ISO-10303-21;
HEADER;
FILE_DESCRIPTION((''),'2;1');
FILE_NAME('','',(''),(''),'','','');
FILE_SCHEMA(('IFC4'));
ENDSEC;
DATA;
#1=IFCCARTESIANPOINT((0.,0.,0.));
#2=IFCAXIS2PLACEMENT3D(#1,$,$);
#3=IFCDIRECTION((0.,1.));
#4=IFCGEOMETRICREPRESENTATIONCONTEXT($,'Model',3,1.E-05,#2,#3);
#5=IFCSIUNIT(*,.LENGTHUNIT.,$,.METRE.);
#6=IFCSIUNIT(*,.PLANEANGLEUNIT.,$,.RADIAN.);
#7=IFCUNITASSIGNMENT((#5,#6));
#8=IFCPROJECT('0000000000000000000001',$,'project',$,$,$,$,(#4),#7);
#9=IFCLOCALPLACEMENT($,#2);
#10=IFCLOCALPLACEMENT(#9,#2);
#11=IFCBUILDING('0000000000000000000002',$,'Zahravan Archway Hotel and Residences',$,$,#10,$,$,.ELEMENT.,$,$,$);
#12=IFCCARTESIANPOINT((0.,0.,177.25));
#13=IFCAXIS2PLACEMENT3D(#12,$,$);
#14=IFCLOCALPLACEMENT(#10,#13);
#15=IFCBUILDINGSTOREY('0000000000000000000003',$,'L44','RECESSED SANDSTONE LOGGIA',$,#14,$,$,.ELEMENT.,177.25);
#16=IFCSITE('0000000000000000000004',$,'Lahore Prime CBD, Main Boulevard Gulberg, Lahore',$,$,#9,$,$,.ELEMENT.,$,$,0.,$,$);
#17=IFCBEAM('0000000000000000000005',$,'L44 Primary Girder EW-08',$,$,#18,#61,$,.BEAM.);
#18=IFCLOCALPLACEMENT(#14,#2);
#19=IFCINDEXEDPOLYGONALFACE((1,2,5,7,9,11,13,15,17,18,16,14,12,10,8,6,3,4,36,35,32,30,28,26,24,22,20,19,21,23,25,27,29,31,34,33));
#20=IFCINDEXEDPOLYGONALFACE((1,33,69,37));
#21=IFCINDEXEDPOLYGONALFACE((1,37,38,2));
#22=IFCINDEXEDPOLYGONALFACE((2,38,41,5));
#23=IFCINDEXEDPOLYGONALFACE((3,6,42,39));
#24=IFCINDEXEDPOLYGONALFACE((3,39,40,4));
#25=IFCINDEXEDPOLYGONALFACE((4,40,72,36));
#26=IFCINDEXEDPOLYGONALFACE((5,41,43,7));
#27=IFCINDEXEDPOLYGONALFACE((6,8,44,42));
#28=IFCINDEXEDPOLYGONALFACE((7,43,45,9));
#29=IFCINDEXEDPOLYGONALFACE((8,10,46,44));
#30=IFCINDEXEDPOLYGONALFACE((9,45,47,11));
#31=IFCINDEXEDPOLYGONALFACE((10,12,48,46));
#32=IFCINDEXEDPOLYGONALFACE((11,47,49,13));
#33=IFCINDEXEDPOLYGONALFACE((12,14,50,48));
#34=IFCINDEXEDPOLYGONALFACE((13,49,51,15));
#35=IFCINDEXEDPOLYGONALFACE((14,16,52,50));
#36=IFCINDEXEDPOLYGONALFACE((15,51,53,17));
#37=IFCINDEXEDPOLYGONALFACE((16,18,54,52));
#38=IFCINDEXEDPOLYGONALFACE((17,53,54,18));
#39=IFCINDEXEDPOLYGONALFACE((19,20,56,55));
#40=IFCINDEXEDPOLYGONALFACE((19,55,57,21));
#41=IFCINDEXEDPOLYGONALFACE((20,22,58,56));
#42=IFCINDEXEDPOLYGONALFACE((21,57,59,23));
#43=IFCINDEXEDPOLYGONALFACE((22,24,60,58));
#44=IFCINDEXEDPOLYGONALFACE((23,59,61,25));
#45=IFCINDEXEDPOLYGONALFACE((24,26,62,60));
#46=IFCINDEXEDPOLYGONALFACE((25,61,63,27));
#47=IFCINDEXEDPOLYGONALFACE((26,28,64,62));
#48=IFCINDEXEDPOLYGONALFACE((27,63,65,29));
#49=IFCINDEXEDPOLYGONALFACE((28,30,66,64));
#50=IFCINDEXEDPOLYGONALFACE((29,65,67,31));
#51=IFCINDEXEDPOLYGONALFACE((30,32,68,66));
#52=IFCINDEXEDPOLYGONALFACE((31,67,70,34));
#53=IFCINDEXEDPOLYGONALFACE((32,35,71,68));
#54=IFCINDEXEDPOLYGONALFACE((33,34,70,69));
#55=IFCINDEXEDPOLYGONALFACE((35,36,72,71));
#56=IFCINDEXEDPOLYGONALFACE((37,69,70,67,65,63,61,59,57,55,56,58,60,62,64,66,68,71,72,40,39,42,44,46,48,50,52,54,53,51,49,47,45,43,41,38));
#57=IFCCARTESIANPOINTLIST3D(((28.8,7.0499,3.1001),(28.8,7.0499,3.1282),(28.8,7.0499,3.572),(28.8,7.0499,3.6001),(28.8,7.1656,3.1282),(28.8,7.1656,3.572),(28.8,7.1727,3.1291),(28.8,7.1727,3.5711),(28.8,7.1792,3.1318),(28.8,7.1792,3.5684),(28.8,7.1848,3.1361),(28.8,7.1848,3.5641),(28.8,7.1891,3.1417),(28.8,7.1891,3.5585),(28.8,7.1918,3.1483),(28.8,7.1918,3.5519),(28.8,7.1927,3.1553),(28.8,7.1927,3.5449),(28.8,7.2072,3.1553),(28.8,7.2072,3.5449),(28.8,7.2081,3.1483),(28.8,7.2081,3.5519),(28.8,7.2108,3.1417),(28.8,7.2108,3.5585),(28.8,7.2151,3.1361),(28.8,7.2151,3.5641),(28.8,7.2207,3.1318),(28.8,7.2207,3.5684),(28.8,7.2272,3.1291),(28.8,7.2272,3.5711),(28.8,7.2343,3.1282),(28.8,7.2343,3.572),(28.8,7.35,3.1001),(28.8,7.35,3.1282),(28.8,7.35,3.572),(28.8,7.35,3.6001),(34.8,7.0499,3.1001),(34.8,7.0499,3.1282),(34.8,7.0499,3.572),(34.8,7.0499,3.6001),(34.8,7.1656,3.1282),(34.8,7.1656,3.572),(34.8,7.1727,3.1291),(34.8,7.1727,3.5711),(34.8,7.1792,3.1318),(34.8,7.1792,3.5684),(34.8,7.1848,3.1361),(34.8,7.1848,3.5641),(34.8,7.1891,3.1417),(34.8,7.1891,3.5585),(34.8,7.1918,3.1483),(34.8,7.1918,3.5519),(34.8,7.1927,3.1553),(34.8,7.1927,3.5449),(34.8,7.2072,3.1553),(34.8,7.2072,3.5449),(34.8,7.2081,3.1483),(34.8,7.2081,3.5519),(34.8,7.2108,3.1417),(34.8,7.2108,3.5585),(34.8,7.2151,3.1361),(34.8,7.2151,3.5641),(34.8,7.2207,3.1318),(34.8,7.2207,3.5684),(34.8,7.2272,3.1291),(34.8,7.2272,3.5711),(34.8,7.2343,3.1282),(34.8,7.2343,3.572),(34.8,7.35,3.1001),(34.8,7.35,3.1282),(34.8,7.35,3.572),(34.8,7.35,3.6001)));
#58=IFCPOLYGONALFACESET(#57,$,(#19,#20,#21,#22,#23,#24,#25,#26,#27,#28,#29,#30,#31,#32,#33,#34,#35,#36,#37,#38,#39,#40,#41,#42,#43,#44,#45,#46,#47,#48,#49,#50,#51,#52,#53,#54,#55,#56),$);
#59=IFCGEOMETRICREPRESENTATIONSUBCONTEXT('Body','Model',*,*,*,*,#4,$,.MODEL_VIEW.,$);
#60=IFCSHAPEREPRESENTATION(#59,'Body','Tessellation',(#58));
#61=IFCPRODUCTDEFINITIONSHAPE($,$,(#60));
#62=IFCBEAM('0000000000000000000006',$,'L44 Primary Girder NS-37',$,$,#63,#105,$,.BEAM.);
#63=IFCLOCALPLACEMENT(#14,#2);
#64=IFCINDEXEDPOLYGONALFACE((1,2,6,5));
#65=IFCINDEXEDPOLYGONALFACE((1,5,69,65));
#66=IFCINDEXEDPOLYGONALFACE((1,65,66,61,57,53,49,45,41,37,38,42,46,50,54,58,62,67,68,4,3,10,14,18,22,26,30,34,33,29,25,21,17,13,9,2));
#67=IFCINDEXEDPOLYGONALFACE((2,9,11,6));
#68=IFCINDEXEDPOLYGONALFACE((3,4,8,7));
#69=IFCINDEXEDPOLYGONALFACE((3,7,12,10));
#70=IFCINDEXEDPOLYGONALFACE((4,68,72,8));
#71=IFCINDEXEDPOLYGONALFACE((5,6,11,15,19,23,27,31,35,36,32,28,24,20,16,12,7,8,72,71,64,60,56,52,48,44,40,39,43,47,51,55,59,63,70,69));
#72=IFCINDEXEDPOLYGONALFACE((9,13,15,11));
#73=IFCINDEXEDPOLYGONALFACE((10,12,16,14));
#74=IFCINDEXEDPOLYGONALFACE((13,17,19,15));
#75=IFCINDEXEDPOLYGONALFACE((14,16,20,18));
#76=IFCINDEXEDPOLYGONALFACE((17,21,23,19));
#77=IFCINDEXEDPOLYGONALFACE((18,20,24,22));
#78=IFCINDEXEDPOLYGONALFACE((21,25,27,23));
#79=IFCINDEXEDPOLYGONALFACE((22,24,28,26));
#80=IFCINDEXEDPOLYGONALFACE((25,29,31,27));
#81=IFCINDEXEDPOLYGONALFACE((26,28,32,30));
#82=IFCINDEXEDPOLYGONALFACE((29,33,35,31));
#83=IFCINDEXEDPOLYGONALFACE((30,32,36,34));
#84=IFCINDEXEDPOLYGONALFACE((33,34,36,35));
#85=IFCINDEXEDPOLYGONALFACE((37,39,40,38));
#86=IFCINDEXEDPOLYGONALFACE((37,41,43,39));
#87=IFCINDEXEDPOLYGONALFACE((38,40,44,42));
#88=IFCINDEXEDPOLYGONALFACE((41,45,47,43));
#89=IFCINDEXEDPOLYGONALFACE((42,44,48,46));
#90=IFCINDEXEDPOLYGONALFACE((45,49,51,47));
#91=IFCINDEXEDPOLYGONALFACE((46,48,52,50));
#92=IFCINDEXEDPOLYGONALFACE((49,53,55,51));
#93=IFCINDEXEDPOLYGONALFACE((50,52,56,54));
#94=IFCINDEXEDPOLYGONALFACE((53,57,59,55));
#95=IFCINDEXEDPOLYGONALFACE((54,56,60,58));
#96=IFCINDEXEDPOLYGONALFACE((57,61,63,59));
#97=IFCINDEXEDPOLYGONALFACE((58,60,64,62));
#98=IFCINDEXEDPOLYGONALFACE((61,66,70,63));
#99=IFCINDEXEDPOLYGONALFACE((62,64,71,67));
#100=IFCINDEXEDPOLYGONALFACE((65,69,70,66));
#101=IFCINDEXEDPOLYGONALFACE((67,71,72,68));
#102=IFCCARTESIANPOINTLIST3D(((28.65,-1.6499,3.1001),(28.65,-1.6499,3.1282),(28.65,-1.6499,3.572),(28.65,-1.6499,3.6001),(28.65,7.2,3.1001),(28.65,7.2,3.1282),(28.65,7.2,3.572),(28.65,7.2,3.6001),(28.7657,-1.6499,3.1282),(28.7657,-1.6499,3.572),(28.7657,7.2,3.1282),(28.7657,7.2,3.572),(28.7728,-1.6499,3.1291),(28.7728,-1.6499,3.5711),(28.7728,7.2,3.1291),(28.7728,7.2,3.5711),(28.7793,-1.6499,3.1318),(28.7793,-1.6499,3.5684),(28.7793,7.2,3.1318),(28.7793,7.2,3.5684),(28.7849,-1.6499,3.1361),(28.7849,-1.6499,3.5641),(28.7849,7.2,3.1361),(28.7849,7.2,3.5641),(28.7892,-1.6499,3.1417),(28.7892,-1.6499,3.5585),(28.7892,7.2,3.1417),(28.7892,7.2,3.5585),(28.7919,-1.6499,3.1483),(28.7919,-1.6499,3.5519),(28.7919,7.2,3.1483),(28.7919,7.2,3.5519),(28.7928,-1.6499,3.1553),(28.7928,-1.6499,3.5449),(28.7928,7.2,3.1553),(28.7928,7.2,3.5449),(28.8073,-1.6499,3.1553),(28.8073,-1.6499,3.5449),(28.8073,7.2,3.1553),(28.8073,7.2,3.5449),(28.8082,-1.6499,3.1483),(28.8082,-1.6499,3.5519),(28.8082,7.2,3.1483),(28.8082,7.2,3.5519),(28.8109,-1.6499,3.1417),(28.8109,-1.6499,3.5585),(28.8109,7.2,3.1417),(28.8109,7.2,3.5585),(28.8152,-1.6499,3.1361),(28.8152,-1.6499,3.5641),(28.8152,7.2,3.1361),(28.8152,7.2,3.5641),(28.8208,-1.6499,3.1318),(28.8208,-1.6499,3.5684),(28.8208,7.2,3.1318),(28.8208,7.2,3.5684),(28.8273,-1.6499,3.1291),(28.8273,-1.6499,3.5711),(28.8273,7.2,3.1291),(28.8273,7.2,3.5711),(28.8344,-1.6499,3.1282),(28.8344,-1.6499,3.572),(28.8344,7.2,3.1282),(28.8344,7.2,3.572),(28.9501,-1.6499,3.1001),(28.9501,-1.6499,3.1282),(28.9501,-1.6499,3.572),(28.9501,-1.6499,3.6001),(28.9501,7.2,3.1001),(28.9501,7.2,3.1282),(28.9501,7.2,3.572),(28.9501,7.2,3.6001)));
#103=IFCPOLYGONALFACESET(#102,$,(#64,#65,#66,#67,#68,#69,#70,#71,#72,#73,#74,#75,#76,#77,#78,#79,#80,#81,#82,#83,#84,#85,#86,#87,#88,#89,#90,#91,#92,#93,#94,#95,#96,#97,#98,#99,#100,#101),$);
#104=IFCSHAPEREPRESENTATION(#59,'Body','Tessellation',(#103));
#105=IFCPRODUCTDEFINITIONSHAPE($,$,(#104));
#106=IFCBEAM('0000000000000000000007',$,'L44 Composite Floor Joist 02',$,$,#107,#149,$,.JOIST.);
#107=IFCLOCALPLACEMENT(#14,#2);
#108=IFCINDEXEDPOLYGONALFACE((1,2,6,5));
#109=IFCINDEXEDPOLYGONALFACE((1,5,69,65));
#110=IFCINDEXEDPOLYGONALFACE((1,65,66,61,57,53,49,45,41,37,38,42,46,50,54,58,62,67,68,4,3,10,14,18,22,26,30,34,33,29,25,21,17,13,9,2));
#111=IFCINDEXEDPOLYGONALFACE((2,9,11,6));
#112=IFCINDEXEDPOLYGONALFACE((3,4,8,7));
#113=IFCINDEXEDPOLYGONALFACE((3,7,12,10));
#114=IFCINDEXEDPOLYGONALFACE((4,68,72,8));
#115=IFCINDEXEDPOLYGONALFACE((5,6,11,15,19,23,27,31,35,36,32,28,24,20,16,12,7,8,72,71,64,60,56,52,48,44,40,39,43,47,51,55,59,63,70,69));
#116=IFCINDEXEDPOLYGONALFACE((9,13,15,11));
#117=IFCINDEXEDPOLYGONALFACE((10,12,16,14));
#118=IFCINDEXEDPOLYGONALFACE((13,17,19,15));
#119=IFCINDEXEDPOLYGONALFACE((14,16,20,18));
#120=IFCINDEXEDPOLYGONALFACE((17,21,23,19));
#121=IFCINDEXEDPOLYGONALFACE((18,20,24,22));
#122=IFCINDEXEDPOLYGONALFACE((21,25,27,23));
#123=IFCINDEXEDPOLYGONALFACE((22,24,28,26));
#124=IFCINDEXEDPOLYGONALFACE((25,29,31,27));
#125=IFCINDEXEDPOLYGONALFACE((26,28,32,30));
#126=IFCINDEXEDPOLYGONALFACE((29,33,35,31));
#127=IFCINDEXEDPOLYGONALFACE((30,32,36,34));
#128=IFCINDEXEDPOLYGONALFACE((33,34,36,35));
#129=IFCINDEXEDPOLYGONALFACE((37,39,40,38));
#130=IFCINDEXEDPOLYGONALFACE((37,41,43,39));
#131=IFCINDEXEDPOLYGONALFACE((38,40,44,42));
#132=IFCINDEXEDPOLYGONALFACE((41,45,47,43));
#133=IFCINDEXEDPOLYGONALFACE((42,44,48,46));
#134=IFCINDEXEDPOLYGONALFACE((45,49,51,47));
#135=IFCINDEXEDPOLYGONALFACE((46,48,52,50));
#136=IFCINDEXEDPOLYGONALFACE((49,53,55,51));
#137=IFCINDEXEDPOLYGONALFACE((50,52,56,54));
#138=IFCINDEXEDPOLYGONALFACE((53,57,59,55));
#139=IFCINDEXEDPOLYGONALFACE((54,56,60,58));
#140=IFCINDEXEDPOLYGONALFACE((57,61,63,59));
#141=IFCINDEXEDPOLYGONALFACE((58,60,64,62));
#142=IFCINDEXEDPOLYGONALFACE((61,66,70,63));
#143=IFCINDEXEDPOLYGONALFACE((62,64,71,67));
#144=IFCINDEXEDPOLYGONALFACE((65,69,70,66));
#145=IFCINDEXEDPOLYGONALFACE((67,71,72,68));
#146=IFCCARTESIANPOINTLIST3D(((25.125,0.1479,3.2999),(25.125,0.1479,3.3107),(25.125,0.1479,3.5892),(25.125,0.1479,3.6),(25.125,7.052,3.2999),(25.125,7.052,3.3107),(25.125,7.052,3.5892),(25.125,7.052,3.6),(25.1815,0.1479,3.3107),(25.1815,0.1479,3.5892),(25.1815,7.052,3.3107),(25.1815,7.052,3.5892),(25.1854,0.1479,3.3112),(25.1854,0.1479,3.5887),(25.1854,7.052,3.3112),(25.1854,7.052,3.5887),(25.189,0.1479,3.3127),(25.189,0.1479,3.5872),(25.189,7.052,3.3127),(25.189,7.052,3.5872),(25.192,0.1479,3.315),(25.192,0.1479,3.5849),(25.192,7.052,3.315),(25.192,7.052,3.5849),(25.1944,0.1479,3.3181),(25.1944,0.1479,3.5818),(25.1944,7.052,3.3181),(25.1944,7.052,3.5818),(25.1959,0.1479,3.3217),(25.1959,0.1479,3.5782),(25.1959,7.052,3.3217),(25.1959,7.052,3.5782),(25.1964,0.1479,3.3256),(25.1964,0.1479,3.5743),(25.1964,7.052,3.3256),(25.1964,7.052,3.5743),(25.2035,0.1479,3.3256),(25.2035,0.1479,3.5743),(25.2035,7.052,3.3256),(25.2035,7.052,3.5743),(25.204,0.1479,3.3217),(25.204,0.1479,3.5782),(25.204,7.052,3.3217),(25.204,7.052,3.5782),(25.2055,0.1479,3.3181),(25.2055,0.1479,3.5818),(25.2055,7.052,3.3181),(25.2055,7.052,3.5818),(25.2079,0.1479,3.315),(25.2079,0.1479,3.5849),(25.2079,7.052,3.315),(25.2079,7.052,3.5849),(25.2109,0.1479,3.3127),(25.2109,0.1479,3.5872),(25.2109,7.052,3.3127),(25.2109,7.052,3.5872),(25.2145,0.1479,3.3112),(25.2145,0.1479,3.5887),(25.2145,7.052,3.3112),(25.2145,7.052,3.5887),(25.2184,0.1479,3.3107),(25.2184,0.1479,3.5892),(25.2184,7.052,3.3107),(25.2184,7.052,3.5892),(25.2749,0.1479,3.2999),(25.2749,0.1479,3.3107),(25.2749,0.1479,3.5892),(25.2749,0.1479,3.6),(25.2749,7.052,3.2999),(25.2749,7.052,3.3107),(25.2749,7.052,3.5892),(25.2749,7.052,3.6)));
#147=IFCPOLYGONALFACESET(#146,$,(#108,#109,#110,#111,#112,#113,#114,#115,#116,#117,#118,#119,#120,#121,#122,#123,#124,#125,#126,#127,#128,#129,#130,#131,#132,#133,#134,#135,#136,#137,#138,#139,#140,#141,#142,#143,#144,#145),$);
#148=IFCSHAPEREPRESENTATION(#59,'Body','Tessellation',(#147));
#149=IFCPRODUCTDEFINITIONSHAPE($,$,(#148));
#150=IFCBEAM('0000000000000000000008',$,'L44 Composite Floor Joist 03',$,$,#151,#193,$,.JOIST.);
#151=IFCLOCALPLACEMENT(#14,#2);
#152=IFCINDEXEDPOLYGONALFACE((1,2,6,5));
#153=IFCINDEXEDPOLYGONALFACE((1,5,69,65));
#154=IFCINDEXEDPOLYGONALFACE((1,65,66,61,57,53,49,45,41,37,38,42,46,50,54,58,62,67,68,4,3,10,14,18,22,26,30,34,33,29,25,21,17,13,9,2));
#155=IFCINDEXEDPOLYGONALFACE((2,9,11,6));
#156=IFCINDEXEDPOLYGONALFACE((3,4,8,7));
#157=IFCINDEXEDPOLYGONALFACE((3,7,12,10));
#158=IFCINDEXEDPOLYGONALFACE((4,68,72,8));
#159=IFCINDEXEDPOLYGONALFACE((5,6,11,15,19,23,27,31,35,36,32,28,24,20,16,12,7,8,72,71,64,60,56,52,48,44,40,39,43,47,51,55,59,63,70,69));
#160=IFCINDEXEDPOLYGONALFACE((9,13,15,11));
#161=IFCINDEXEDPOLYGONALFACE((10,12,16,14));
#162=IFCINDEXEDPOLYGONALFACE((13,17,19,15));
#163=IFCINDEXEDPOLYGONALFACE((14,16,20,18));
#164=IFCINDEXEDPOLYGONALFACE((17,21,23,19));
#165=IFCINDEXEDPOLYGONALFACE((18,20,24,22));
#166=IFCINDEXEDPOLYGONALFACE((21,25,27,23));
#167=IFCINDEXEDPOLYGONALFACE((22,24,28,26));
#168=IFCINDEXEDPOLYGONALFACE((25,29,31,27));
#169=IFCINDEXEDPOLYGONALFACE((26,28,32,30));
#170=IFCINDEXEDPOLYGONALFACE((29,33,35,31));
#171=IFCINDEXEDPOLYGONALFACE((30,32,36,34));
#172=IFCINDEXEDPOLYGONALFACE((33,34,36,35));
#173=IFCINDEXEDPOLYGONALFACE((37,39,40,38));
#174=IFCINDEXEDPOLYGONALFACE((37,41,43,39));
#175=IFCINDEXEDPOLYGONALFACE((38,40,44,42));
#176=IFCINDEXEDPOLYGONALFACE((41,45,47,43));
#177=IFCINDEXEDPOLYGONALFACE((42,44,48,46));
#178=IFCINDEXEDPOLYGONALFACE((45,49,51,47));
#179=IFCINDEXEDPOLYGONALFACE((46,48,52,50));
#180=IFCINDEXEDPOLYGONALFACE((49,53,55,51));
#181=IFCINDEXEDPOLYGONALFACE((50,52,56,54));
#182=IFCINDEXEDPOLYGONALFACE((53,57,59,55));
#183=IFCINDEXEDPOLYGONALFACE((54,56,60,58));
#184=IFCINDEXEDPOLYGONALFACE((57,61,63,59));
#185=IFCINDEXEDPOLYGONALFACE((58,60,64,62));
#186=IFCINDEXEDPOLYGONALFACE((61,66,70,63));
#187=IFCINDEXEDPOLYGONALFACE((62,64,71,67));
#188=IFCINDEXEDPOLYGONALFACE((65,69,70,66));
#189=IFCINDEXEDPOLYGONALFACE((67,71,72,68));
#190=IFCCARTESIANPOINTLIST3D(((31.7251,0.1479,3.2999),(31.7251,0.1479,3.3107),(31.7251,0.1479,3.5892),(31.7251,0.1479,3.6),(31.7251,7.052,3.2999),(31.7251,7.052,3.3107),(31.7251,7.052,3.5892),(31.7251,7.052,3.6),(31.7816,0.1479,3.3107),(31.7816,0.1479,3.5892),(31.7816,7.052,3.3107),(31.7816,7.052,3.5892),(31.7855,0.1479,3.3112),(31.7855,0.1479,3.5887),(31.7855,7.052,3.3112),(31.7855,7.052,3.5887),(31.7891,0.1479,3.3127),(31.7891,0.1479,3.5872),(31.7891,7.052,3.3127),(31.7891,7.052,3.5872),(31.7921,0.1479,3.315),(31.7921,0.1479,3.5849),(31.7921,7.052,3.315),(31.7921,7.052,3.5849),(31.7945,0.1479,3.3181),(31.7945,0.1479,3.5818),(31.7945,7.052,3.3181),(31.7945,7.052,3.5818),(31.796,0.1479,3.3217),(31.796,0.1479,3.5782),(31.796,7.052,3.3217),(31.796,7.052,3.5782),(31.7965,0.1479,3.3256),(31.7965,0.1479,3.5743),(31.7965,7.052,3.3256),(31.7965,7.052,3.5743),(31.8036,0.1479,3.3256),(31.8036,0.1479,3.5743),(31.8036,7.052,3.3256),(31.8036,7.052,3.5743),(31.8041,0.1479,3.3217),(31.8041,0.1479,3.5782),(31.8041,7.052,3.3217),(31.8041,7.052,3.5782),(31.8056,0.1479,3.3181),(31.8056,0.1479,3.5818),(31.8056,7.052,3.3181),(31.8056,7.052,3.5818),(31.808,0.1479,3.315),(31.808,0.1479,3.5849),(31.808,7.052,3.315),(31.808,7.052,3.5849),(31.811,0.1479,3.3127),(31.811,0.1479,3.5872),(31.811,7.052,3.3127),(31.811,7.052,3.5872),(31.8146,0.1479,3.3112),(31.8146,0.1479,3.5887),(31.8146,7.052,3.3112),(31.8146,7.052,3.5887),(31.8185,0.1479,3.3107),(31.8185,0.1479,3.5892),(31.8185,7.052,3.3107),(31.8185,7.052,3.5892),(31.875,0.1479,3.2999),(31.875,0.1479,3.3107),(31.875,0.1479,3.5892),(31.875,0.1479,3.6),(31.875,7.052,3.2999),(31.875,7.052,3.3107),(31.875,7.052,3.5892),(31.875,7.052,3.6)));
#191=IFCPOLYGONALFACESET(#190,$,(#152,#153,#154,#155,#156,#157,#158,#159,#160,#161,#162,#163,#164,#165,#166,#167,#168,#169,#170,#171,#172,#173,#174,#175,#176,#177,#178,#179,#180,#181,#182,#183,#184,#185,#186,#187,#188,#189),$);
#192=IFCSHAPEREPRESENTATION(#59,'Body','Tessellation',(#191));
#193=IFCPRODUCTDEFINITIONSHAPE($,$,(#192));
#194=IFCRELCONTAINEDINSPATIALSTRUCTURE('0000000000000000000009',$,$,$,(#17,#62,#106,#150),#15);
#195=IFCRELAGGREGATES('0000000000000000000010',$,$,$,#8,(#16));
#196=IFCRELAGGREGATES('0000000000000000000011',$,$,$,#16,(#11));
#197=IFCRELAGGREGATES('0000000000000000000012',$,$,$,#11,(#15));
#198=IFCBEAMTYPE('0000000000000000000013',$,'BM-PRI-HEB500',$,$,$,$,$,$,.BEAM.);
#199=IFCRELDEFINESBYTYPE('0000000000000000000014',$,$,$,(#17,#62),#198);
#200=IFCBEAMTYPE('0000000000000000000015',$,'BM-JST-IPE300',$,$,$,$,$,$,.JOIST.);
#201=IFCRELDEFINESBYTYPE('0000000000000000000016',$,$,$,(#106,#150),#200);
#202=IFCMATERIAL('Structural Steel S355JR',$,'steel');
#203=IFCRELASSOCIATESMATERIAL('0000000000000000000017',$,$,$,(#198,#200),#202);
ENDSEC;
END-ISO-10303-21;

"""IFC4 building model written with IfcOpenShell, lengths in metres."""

from ifc_helpers import new_model, si_unit, direction, frame, origin, origin_2d, place, context, subcontext, project, spatial, i_section, extrude, source, transform, mapped, material, material_profile, profile_set, type_object, type_shapes, element, save


model = new_model("IFC4")

# Units and contexts
model_context = context("Model", 3, precision=1e-05, world=origin(), true_north=direction((0.0, 1.0)))
body_context = subcontext(model_context, "Body", "Model", "MODEL_VIEW")
ifc_project = project(units=[si_unit("LENGTHUNIT", "METRE"), si_unit("PLANEANGLEUNIT", "RADIAN")], contexts=[model_context])

# Site, building, storey
site_placement = place(None, origin())
site = spatial("IfcSite", under=ifc_project, at=site_placement, Name="Lahore Prime CBD, Main Boulevard Gulberg, Lahore", CompositionType="ELEMENT", RefElevation=0.0)
building_placement = place(site_placement, origin())
building = spatial("IfcBuilding", under=site, at=building_placement, Name="Zahravan Archway Hotel and Residences", CompositionType="ELEMENT")
storey_placement = place(building_placement, frame((0.0, 0.0, 177.25)))
storey = spatial("IfcBuildingStorey", under=building, at=storey_placement, Name="L44", Description="RECESSED SANDSTONE LOGGIA", CompositionType="ELEMENT", Elevation=177.25)

# Beams
ifc_material_1 = material(Name="Structural Steel S355JR", Category="steel")
ifc_material_profile_1 = material_profile(ifc_material_1, i_section(OverallWidth=0.3, OverallDepth=0.5, WebThickness=0.0144, FlangeThickness=0.0281, FilletRadius=0.0271, at=origin_2d()), Name="HEB 500", Category="steel")
ifc_profile_set_1 = profile_set([ifc_material_profile_1], Name="Structural Steel S355JR")
beam_type_1 = type_object("IfcBeamType", Name="BM-PRI-HEB500", PredefinedType="BEAM", material=ifc_profile_set_1)
shared_shape_1 = source(origin(), body_context, "Body", "SweptSolid", [
    extrude(i_section(OverallWidth=0.3, OverallDepth=0.5, WebThickness=0.0144, FlangeThickness=0.0281, FilletRadius=0.0271, at=origin_2d()), origin(), (0.0, 0.0, 1.0), 6.0),
])
for number, where, z_axis, x_axis, name in (
    (1, (28.8, 7.2, 3.3501), (1.0, 0.0, 0.0), (0.0, 1.0, 0.0), "L44 Primary Girder EW-08"),
):
    element("IfcBeam", number, at=place(storey_placement, frame(where, z_axis=z_axis, x_axis=x_axis)), inside=storey, type_object=beam_type_1, Name=name, PredefinedType="BEAM", context=body_context, shape_type="MappedRepresentation", body=[
        mapped(shared_shape_1, transform((0.0, 0.0, 0.0), scale=1.0)),
    ])
shared_shape_2 = source(origin(), body_context, "Body", "SweptSolid", [
    extrude(i_section(OverallWidth=0.3, OverallDepth=0.5, WebThickness=0.0144, FlangeThickness=0.0281, FilletRadius=0.0271, at=origin_2d()), origin(), (0.0, 0.0, 1.0), 8.8499),
])
beam_1_placement = place(storey_placement, frame((28.8, -1.6499, 3.3501), z_axis=(0.0, 1.0, 0.0), x_axis=(-1.0, 0.0, 0.0)))
element("IfcBeam", 2, at=beam_1_placement, inside=storey, type_object=beam_type_1, Name="L44 Primary Girder NS-37", PredefinedType="BEAM", context=body_context, shape_type="MappedRepresentation", body=[
    mapped(shared_shape_2, transform((0.0, 0.0, 0.0), scale=1.0)),
])
ifc_material_profile_2 = material_profile(ifc_material_1, i_section(OverallWidth=0.1499, OverallDepth=0.3, WebThickness=0.0071, FlangeThickness=0.0107, FilletRadius=0.0149, at=origin_2d()), Name="IPE 300", Category="steel")
ifc_profile_set_2 = profile_set([ifc_material_profile_2], Name="Structural Steel S355JR")
beam_type_2 = type_object("IfcBeamType", Name="BM-JST-IPE300", PredefinedType="JOIST", material=ifc_profile_set_2)
shared_shape_3 = source(origin(), body_context, "Body", "SweptSolid", [
    extrude(i_section(OverallWidth=0.1499, OverallDepth=0.3, WebThickness=0.0071, FlangeThickness=0.0107, FilletRadius=0.0149, at=origin_2d()), origin(), (0.0, 0.0, 1.0), 6.9041),
])
type_shapes(beam_type_2, [shared_shape_3])
for number, where, z_axis, x_axis, name in (
    (3, (25.2, 0.1479, 3.45), (0.0, 1.0, 0.0), (-1.0, 0.0, 0.0), "L44 Composite Floor Joist 02"),
    (4, (31.8, 0.1479, 3.45), (0.0, 1.0, 0.0), (-1.0, 0.0, 0.0), "L44 Composite Floor Joist 03"),
):
    element("IfcBeam", number, at=place(storey_placement, frame(where, z_axis=z_axis, x_axis=x_axis)), inside=storey, type_object=beam_type_2, Name=name, PredefinedType="JOIST", context=body_context, shape_type="MappedRepresentation", body=[
        mapped(shared_shape_3, transform((0.0, 0.0, 0.0), scale=1.0)),
    ])

save(model, "model.ifc")
